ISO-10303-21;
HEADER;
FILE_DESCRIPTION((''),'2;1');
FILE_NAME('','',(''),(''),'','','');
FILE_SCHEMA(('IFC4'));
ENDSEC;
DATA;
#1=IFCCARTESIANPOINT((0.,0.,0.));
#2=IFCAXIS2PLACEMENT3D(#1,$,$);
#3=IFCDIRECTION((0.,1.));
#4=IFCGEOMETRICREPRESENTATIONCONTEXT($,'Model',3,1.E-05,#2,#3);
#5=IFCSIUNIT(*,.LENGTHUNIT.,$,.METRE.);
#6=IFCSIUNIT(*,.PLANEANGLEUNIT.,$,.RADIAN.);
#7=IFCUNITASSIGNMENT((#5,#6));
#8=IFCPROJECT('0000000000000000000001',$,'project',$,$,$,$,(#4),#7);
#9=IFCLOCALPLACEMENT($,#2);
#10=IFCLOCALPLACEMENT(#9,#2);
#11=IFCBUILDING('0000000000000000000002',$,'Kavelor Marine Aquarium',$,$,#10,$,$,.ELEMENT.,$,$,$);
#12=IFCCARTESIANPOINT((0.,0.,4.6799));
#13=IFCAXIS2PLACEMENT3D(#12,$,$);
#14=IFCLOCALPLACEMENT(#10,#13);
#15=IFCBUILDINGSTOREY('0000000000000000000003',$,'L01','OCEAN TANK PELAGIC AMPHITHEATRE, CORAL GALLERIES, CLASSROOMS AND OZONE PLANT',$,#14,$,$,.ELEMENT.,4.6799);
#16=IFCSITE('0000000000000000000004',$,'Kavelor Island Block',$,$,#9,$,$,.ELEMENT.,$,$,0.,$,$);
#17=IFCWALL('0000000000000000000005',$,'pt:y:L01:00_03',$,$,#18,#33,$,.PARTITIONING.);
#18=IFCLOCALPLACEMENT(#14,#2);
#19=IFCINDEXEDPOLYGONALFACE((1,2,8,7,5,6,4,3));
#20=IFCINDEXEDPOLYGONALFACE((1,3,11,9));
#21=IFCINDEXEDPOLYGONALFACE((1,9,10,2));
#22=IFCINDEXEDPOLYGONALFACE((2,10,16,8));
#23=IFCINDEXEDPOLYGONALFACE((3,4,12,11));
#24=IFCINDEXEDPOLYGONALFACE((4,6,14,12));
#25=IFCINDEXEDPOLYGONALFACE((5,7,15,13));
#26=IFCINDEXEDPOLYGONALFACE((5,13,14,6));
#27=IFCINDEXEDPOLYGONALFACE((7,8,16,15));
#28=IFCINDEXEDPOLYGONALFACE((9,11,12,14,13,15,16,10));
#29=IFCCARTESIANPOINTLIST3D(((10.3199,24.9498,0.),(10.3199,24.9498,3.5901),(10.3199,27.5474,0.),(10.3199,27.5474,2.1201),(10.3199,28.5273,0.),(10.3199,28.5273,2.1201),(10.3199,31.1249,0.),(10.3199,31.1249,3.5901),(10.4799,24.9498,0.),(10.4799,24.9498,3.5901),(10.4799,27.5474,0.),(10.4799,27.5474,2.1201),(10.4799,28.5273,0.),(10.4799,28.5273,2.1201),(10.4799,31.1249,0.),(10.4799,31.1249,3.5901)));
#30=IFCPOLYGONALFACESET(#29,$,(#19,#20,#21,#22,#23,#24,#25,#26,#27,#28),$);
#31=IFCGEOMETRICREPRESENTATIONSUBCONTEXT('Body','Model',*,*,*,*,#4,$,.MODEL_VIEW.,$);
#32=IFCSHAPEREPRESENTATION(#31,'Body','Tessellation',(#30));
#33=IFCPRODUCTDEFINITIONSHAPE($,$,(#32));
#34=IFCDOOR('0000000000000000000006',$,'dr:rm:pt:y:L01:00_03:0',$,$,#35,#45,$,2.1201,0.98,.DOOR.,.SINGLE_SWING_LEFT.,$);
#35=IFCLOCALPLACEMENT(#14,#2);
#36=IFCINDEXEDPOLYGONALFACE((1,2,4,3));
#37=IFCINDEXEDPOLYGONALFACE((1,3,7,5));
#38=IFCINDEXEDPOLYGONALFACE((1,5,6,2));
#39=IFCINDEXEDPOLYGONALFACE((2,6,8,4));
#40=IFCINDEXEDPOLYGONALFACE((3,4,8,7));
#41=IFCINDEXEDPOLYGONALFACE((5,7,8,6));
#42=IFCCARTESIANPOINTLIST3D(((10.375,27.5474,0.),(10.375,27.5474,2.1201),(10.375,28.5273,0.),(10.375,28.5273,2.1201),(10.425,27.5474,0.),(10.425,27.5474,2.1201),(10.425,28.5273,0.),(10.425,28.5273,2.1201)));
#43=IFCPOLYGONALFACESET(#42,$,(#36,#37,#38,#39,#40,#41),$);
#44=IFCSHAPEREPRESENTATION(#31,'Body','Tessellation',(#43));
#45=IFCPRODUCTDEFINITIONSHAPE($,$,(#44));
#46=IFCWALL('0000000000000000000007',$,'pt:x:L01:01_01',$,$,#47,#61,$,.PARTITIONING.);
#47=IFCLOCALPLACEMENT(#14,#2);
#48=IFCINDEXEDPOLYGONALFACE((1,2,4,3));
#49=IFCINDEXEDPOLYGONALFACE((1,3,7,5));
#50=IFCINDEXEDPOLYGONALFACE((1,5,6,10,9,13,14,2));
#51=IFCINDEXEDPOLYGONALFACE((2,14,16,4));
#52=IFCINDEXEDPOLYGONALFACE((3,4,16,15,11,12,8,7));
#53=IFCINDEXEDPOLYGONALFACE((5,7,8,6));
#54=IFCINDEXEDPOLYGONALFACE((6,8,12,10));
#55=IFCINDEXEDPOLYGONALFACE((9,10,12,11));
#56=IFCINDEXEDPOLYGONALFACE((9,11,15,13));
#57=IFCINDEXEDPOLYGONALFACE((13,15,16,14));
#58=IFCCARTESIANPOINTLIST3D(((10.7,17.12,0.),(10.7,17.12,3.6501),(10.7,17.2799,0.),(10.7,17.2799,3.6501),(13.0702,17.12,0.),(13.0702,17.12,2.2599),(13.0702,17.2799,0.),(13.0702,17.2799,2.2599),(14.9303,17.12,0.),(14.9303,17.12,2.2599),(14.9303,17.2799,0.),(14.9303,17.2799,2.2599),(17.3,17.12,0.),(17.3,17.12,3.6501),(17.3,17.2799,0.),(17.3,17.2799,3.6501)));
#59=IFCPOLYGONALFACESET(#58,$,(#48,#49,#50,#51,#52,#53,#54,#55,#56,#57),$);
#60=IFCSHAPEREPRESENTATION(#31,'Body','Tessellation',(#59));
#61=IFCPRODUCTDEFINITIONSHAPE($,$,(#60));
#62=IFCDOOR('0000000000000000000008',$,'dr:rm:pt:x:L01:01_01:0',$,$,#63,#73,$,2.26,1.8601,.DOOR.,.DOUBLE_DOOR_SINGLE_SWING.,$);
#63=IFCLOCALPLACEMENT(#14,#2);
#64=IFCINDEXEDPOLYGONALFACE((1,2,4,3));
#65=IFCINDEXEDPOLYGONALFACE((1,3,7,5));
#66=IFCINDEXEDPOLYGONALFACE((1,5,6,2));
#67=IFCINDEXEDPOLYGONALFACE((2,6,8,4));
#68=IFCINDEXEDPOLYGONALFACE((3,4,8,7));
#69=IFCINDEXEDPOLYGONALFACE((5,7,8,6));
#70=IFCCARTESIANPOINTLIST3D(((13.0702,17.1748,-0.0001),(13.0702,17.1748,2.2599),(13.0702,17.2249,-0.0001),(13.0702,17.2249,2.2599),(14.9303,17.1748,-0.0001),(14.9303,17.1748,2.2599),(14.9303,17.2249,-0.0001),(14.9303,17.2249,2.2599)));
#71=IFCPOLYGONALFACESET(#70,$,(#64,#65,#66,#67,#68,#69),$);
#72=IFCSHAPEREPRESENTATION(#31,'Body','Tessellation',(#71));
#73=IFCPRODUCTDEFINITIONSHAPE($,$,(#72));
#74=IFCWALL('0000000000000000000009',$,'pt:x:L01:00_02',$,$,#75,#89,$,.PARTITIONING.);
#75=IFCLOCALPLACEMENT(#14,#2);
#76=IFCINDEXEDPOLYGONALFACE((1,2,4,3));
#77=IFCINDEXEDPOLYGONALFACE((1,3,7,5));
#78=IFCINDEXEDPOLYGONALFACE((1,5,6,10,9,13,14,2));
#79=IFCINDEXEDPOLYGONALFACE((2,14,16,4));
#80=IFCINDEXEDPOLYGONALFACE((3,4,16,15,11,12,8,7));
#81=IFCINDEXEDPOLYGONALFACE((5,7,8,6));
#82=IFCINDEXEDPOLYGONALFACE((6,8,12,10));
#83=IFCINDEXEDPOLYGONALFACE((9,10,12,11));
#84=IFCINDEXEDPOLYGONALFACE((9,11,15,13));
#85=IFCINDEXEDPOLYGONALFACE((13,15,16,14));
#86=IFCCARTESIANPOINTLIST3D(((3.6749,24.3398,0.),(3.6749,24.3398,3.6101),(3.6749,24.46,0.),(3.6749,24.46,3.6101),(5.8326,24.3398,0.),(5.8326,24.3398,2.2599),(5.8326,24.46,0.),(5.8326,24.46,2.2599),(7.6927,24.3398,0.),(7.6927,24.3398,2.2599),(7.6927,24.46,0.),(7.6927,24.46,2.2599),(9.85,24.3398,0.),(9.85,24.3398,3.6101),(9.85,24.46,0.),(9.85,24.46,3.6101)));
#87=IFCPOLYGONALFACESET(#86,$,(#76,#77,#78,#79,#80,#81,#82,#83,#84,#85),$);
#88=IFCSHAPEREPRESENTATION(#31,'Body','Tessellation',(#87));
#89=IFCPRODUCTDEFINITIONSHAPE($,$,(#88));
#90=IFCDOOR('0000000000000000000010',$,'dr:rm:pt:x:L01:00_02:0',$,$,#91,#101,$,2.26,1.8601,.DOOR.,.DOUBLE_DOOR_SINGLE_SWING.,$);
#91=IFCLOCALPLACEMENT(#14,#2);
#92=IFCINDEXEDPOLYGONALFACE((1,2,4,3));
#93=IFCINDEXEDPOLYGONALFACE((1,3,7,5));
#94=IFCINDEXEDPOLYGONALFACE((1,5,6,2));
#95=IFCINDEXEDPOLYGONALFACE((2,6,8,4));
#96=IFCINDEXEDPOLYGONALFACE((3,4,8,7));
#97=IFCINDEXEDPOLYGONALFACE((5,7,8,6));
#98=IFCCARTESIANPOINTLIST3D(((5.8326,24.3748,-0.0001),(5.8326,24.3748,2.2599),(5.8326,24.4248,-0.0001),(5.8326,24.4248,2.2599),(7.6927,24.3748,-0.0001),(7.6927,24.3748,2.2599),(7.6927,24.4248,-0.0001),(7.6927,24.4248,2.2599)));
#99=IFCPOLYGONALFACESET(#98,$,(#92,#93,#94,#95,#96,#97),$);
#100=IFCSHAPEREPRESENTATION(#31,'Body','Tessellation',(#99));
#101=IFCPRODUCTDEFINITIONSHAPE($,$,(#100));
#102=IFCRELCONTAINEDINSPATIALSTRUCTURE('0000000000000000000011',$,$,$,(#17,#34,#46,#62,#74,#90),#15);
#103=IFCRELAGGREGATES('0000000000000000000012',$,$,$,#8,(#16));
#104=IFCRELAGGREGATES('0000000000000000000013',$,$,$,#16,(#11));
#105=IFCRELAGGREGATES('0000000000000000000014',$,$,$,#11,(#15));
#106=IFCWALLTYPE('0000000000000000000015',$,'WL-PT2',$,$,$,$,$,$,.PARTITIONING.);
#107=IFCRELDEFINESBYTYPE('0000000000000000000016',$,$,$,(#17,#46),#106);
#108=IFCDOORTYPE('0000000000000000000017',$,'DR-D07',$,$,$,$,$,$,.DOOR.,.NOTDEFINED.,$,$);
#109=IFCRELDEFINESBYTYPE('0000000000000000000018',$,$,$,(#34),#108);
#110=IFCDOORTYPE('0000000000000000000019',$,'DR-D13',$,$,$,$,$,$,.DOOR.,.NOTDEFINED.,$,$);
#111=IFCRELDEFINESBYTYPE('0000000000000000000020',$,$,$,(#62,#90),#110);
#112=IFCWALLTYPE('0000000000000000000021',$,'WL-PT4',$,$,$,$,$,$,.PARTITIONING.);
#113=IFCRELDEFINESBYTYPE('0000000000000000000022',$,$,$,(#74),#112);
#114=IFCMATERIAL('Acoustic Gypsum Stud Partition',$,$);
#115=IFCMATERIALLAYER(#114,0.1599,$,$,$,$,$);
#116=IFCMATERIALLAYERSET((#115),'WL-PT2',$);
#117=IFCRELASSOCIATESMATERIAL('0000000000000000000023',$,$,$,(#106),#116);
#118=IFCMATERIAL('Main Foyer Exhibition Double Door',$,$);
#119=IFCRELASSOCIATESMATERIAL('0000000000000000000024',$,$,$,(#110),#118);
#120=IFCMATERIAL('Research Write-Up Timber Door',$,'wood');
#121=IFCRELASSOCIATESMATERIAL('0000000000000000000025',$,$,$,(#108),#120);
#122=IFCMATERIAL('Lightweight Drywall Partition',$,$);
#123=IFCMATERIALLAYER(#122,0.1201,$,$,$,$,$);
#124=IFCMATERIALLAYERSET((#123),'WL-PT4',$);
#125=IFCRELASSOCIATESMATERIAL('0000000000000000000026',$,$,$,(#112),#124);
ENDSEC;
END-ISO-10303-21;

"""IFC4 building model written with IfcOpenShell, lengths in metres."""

from ifc_helpers import new_model, si_unit, direction, frame, frame_2d, origin, place, context, subcontext, project, spatial, rectangle, extrude, material, layer, layer_set, type_object, element, fill, save


model = new_model("IFC4")

# Units and contexts
model_context = context("Model", 3, precision=1e-05, world=origin(), true_north=direction((0.0, 1.0)))
body_context = subcontext(model_context, "Body", "Model", "MODEL_VIEW")
ifc_project = project(units=[si_unit("LENGTHUNIT", "METRE"), si_unit("PLANEANGLEUNIT", "RADIAN")], contexts=[model_context])

# Site, building, storey
site_placement = place(None, origin())
site = spatial("IfcSite", under=ifc_project, at=site_placement, Name="Kavelor Island Block", CompositionType="ELEMENT", RefElevation=0.0)
building_placement = place(site_placement, origin())
building = spatial("IfcBuilding", under=site, at=building_placement, Name="Kavelor Marine Aquarium", CompositionType="ELEMENT")
storey_placement = place(building_placement, frame((0.0, 0.0, 4.6799)))
storey = spatial("IfcBuildingStorey", under=building, at=storey_placement, Name="L01", Description="OCEAN TANK PELAGIC AMPHITHEATRE, CORAL GALLERIES, CLASSROOMS AND OZONE PLANT", CompositionType="ELEMENT", Elevation=4.6799)

# Walls, openings, doors
ifc_material_1 = material(Name="Acoustic Gypsum Stud Partition")
ifc_layer_1 = layer(ifc_material_1, 0.1599)
ifc_layer_set_1 = layer_set([ifc_layer_1], Name="WL-PT2")
wall_type_1 = type_object("IfcWallType", Name="WL-PT2", PredefinedType="PARTITIONING", material=ifc_layer_set_1)
ifc_material_2 = material(Name="Main Foyer Exhibition Double Door")
door_type_1 = type_object("IfcDoorType", Name="DR-D13", OperationType="NOTDEFINED", PredefinedType="DOOR", material=ifc_material_2)
wall_1_placement = place(storey_placement, frame((10.3999, 24.95, 0.0), z_axis=(0.0, 0.0, 1.0), x_axis=(0.0, 1.0, 0.0)))
wall_1 = element("IfcWall", 1, at=wall_1_placement, inside=storey, type_object=wall_type_1, Name="pt:y:L01:00_03", PredefinedType="PARTITIONING", context=body_context, shape_type="SweptSolid", body=[
    extrude(rectangle(XDim=6.175, YDim=0.1599, at=frame_2d((3.0874, 0.0))), origin(), (0.0, 0.0, 1.0), 3.5901),
])
opening_1_placement = place(wall_1_placement, frame((2.5974, 0.0, 0.0)))
opening_1 = element("IfcOpeningElement", 2, at=opening_1_placement, cuts=wall_1, PredefinedType="OPENING", context=body_context, shape_type="SweptSolid", body=[
    extrude(rectangle(XDim=0.98, YDim=2.1201, at=frame_2d((0.49, 1.0601))), frame((0.0, 0.0898, 0.0), z_axis=(0.0, -1.0, 0.0), x_axis=(1.0, 0.0, 0.0)), (0.0, 0.0, 1.0), 0.1799),
])
ifc_material_3 = material(Name="Research Write-Up Timber Door", Category="wood")
door_type_2 = type_object("IfcDoorType", Name="DR-D07", OperationType="NOTDEFINED", PredefinedType="DOOR", material=ifc_material_3)
door_1_placement = place(opening_1_placement, origin())
door_1 = element("IfcDoor", 3, at=door_1_placement, inside=storey, type_object=door_type_2, Name="dr:rm:pt:y:L01:00_03:0", OperationType="SINGLE_SWING_LEFT", OverallHeight=2.1201, OverallWidth=0.98, PredefinedType="DOOR", context=body_context, shape_type="SweptSolid", body=[
    extrude(rectangle(XDim=0.98, YDim=2.1201, at=frame_2d((0.49, 1.0601))), frame((0.0, 0.0249, 0.0), z_axis=(0.0, -1.0, 0.0), x_axis=(1.0, 0.0, 0.0)), (0.0, 0.0, 1.0), 0.05),
])
fill(opening_1, door_1)
wall_2_placement = place(storey_placement, frame((10.7, 17.2, 0.0), z_axis=(0.0, 0.0, 1.0), x_axis=(1.0, 0.0, 0.0)))
wall_2 = element("IfcWall", 4, at=wall_2_placement, inside=storey, type_object=wall_type_1, Name="pt:x:L01:01_01", PredefinedType="PARTITIONING", context=body_context, shape_type="SweptSolid", body=[
    extrude(rectangle(XDim=6.6001, YDim=0.1599, at=frame_2d((3.3, 0.0))), origin(), (0.0, 0.0, 1.0), 3.6501),
])
opening_2_placement = place(wall_2_placement, frame((2.3701, 0.0, 0.0)))
opening_2 = element("IfcOpeningElement", 5, at=opening_2_placement, cuts=wall_2, PredefinedType="OPENING", context=body_context, shape_type="SweptSolid", body=[
    extrude(rectangle(XDim=1.8601, YDim=2.26, at=frame_2d((0.9302, 1.1299))), frame((0.0, 0.0898, 0.0), z_axis=(0.0, -1.0, 0.0), x_axis=(1.0, 0.0, 0.0)), (0.0, 0.0, 1.0), 0.1799),
])
door_2_placement = place(opening_2_placement, origin())
door_2 = element("IfcDoor", 6, at=door_2_placement, inside=storey, type_object=door_type_1, Name="dr:rm:pt:x:L01:01_01:0", OperationType="DOUBLE_DOOR_SINGLE_SWING", OverallHeight=2.26, OverallWidth=1.8601, PredefinedType="DOOR", context=body_context, shape_type="SweptSolid", body=[
    extrude(rectangle(XDim=1.8601, YDim=2.26, at=frame_2d((0.9302, 1.1299))), frame((0.0, 0.0249, 0.0), z_axis=(0.0, -1.0, 0.0), x_axis=(1.0, 0.0, 0.0)), (0.0, 0.0, 1.0), 0.05),
])
fill(opening_2, door_2)
ifc_material_4 = material(Name="Lightweight Drywall Partition")
ifc_layer_2 = layer(ifc_material_4, 0.1201)
ifc_layer_set_2 = layer_set([ifc_layer_2], Name="WL-PT4")
wall_type_2 = type_object("IfcWallType", Name="WL-PT4", PredefinedType="PARTITIONING", material=ifc_layer_set_2)
wall_3_placement = place(storey_placement, frame((3.675, 24.3999, 0.0), z_axis=(0.0, 0.0, 1.0), x_axis=(1.0, 0.0, 0.0)))
wall_3 = element("IfcWall", 7, at=wall_3_placement, inside=storey, type_object=wall_type_2, Name="pt:x:L01:00_02", PredefinedType="PARTITIONING", context=body_context, shape_type="SweptSolid", body=[
    extrude(rectangle(XDim=6.175, YDim=0.1201, at=frame_2d((3.0874, 0.0))), origin(), (0.0, 0.0, 1.0), 3.6101),
])
opening_3_placement = place(wall_3_placement, frame((2.1575, 0.0, 0.0)))
opening_3 = element("IfcOpeningElement", 8, at=opening_3_placement, cuts=wall_3, PredefinedType="OPENING", context=body_context, shape_type="SweptSolid", body=[
    extrude(rectangle(XDim=1.8601, YDim=2.26, at=frame_2d((0.9302, 1.1299))), frame((0.0, 0.0701, 0.0), z_axis=(0.0, -1.0, 0.0), x_axis=(1.0, 0.0, 0.0)), (0.0, 0.0, 1.0), 0.1401),
])
door_3_placement = place(opening_3_placement, origin())
door_3 = element("IfcDoor", 9, at=door_3_placement, inside=storey, type_object=door_type_1, Name="dr:rm:pt:x:L01:00_02:0", OperationType="DOUBLE_DOOR_SINGLE_SWING", OverallHeight=2.26, OverallWidth=1.8601, PredefinedType="DOOR", context=body_context, shape_type="SweptSolid", body=[
    extrude(rectangle(XDim=1.8601, YDim=2.26, at=frame_2d((0.9302, 1.1299))), frame((0.0, 0.0249, 0.0), z_axis=(0.0, -1.0, 0.0), x_axis=(1.0, 0.0, 0.0)), (0.0, 0.0, 1.0), 0.05),
])
fill(opening_3, door_3)

save(model, "model.ifc")
